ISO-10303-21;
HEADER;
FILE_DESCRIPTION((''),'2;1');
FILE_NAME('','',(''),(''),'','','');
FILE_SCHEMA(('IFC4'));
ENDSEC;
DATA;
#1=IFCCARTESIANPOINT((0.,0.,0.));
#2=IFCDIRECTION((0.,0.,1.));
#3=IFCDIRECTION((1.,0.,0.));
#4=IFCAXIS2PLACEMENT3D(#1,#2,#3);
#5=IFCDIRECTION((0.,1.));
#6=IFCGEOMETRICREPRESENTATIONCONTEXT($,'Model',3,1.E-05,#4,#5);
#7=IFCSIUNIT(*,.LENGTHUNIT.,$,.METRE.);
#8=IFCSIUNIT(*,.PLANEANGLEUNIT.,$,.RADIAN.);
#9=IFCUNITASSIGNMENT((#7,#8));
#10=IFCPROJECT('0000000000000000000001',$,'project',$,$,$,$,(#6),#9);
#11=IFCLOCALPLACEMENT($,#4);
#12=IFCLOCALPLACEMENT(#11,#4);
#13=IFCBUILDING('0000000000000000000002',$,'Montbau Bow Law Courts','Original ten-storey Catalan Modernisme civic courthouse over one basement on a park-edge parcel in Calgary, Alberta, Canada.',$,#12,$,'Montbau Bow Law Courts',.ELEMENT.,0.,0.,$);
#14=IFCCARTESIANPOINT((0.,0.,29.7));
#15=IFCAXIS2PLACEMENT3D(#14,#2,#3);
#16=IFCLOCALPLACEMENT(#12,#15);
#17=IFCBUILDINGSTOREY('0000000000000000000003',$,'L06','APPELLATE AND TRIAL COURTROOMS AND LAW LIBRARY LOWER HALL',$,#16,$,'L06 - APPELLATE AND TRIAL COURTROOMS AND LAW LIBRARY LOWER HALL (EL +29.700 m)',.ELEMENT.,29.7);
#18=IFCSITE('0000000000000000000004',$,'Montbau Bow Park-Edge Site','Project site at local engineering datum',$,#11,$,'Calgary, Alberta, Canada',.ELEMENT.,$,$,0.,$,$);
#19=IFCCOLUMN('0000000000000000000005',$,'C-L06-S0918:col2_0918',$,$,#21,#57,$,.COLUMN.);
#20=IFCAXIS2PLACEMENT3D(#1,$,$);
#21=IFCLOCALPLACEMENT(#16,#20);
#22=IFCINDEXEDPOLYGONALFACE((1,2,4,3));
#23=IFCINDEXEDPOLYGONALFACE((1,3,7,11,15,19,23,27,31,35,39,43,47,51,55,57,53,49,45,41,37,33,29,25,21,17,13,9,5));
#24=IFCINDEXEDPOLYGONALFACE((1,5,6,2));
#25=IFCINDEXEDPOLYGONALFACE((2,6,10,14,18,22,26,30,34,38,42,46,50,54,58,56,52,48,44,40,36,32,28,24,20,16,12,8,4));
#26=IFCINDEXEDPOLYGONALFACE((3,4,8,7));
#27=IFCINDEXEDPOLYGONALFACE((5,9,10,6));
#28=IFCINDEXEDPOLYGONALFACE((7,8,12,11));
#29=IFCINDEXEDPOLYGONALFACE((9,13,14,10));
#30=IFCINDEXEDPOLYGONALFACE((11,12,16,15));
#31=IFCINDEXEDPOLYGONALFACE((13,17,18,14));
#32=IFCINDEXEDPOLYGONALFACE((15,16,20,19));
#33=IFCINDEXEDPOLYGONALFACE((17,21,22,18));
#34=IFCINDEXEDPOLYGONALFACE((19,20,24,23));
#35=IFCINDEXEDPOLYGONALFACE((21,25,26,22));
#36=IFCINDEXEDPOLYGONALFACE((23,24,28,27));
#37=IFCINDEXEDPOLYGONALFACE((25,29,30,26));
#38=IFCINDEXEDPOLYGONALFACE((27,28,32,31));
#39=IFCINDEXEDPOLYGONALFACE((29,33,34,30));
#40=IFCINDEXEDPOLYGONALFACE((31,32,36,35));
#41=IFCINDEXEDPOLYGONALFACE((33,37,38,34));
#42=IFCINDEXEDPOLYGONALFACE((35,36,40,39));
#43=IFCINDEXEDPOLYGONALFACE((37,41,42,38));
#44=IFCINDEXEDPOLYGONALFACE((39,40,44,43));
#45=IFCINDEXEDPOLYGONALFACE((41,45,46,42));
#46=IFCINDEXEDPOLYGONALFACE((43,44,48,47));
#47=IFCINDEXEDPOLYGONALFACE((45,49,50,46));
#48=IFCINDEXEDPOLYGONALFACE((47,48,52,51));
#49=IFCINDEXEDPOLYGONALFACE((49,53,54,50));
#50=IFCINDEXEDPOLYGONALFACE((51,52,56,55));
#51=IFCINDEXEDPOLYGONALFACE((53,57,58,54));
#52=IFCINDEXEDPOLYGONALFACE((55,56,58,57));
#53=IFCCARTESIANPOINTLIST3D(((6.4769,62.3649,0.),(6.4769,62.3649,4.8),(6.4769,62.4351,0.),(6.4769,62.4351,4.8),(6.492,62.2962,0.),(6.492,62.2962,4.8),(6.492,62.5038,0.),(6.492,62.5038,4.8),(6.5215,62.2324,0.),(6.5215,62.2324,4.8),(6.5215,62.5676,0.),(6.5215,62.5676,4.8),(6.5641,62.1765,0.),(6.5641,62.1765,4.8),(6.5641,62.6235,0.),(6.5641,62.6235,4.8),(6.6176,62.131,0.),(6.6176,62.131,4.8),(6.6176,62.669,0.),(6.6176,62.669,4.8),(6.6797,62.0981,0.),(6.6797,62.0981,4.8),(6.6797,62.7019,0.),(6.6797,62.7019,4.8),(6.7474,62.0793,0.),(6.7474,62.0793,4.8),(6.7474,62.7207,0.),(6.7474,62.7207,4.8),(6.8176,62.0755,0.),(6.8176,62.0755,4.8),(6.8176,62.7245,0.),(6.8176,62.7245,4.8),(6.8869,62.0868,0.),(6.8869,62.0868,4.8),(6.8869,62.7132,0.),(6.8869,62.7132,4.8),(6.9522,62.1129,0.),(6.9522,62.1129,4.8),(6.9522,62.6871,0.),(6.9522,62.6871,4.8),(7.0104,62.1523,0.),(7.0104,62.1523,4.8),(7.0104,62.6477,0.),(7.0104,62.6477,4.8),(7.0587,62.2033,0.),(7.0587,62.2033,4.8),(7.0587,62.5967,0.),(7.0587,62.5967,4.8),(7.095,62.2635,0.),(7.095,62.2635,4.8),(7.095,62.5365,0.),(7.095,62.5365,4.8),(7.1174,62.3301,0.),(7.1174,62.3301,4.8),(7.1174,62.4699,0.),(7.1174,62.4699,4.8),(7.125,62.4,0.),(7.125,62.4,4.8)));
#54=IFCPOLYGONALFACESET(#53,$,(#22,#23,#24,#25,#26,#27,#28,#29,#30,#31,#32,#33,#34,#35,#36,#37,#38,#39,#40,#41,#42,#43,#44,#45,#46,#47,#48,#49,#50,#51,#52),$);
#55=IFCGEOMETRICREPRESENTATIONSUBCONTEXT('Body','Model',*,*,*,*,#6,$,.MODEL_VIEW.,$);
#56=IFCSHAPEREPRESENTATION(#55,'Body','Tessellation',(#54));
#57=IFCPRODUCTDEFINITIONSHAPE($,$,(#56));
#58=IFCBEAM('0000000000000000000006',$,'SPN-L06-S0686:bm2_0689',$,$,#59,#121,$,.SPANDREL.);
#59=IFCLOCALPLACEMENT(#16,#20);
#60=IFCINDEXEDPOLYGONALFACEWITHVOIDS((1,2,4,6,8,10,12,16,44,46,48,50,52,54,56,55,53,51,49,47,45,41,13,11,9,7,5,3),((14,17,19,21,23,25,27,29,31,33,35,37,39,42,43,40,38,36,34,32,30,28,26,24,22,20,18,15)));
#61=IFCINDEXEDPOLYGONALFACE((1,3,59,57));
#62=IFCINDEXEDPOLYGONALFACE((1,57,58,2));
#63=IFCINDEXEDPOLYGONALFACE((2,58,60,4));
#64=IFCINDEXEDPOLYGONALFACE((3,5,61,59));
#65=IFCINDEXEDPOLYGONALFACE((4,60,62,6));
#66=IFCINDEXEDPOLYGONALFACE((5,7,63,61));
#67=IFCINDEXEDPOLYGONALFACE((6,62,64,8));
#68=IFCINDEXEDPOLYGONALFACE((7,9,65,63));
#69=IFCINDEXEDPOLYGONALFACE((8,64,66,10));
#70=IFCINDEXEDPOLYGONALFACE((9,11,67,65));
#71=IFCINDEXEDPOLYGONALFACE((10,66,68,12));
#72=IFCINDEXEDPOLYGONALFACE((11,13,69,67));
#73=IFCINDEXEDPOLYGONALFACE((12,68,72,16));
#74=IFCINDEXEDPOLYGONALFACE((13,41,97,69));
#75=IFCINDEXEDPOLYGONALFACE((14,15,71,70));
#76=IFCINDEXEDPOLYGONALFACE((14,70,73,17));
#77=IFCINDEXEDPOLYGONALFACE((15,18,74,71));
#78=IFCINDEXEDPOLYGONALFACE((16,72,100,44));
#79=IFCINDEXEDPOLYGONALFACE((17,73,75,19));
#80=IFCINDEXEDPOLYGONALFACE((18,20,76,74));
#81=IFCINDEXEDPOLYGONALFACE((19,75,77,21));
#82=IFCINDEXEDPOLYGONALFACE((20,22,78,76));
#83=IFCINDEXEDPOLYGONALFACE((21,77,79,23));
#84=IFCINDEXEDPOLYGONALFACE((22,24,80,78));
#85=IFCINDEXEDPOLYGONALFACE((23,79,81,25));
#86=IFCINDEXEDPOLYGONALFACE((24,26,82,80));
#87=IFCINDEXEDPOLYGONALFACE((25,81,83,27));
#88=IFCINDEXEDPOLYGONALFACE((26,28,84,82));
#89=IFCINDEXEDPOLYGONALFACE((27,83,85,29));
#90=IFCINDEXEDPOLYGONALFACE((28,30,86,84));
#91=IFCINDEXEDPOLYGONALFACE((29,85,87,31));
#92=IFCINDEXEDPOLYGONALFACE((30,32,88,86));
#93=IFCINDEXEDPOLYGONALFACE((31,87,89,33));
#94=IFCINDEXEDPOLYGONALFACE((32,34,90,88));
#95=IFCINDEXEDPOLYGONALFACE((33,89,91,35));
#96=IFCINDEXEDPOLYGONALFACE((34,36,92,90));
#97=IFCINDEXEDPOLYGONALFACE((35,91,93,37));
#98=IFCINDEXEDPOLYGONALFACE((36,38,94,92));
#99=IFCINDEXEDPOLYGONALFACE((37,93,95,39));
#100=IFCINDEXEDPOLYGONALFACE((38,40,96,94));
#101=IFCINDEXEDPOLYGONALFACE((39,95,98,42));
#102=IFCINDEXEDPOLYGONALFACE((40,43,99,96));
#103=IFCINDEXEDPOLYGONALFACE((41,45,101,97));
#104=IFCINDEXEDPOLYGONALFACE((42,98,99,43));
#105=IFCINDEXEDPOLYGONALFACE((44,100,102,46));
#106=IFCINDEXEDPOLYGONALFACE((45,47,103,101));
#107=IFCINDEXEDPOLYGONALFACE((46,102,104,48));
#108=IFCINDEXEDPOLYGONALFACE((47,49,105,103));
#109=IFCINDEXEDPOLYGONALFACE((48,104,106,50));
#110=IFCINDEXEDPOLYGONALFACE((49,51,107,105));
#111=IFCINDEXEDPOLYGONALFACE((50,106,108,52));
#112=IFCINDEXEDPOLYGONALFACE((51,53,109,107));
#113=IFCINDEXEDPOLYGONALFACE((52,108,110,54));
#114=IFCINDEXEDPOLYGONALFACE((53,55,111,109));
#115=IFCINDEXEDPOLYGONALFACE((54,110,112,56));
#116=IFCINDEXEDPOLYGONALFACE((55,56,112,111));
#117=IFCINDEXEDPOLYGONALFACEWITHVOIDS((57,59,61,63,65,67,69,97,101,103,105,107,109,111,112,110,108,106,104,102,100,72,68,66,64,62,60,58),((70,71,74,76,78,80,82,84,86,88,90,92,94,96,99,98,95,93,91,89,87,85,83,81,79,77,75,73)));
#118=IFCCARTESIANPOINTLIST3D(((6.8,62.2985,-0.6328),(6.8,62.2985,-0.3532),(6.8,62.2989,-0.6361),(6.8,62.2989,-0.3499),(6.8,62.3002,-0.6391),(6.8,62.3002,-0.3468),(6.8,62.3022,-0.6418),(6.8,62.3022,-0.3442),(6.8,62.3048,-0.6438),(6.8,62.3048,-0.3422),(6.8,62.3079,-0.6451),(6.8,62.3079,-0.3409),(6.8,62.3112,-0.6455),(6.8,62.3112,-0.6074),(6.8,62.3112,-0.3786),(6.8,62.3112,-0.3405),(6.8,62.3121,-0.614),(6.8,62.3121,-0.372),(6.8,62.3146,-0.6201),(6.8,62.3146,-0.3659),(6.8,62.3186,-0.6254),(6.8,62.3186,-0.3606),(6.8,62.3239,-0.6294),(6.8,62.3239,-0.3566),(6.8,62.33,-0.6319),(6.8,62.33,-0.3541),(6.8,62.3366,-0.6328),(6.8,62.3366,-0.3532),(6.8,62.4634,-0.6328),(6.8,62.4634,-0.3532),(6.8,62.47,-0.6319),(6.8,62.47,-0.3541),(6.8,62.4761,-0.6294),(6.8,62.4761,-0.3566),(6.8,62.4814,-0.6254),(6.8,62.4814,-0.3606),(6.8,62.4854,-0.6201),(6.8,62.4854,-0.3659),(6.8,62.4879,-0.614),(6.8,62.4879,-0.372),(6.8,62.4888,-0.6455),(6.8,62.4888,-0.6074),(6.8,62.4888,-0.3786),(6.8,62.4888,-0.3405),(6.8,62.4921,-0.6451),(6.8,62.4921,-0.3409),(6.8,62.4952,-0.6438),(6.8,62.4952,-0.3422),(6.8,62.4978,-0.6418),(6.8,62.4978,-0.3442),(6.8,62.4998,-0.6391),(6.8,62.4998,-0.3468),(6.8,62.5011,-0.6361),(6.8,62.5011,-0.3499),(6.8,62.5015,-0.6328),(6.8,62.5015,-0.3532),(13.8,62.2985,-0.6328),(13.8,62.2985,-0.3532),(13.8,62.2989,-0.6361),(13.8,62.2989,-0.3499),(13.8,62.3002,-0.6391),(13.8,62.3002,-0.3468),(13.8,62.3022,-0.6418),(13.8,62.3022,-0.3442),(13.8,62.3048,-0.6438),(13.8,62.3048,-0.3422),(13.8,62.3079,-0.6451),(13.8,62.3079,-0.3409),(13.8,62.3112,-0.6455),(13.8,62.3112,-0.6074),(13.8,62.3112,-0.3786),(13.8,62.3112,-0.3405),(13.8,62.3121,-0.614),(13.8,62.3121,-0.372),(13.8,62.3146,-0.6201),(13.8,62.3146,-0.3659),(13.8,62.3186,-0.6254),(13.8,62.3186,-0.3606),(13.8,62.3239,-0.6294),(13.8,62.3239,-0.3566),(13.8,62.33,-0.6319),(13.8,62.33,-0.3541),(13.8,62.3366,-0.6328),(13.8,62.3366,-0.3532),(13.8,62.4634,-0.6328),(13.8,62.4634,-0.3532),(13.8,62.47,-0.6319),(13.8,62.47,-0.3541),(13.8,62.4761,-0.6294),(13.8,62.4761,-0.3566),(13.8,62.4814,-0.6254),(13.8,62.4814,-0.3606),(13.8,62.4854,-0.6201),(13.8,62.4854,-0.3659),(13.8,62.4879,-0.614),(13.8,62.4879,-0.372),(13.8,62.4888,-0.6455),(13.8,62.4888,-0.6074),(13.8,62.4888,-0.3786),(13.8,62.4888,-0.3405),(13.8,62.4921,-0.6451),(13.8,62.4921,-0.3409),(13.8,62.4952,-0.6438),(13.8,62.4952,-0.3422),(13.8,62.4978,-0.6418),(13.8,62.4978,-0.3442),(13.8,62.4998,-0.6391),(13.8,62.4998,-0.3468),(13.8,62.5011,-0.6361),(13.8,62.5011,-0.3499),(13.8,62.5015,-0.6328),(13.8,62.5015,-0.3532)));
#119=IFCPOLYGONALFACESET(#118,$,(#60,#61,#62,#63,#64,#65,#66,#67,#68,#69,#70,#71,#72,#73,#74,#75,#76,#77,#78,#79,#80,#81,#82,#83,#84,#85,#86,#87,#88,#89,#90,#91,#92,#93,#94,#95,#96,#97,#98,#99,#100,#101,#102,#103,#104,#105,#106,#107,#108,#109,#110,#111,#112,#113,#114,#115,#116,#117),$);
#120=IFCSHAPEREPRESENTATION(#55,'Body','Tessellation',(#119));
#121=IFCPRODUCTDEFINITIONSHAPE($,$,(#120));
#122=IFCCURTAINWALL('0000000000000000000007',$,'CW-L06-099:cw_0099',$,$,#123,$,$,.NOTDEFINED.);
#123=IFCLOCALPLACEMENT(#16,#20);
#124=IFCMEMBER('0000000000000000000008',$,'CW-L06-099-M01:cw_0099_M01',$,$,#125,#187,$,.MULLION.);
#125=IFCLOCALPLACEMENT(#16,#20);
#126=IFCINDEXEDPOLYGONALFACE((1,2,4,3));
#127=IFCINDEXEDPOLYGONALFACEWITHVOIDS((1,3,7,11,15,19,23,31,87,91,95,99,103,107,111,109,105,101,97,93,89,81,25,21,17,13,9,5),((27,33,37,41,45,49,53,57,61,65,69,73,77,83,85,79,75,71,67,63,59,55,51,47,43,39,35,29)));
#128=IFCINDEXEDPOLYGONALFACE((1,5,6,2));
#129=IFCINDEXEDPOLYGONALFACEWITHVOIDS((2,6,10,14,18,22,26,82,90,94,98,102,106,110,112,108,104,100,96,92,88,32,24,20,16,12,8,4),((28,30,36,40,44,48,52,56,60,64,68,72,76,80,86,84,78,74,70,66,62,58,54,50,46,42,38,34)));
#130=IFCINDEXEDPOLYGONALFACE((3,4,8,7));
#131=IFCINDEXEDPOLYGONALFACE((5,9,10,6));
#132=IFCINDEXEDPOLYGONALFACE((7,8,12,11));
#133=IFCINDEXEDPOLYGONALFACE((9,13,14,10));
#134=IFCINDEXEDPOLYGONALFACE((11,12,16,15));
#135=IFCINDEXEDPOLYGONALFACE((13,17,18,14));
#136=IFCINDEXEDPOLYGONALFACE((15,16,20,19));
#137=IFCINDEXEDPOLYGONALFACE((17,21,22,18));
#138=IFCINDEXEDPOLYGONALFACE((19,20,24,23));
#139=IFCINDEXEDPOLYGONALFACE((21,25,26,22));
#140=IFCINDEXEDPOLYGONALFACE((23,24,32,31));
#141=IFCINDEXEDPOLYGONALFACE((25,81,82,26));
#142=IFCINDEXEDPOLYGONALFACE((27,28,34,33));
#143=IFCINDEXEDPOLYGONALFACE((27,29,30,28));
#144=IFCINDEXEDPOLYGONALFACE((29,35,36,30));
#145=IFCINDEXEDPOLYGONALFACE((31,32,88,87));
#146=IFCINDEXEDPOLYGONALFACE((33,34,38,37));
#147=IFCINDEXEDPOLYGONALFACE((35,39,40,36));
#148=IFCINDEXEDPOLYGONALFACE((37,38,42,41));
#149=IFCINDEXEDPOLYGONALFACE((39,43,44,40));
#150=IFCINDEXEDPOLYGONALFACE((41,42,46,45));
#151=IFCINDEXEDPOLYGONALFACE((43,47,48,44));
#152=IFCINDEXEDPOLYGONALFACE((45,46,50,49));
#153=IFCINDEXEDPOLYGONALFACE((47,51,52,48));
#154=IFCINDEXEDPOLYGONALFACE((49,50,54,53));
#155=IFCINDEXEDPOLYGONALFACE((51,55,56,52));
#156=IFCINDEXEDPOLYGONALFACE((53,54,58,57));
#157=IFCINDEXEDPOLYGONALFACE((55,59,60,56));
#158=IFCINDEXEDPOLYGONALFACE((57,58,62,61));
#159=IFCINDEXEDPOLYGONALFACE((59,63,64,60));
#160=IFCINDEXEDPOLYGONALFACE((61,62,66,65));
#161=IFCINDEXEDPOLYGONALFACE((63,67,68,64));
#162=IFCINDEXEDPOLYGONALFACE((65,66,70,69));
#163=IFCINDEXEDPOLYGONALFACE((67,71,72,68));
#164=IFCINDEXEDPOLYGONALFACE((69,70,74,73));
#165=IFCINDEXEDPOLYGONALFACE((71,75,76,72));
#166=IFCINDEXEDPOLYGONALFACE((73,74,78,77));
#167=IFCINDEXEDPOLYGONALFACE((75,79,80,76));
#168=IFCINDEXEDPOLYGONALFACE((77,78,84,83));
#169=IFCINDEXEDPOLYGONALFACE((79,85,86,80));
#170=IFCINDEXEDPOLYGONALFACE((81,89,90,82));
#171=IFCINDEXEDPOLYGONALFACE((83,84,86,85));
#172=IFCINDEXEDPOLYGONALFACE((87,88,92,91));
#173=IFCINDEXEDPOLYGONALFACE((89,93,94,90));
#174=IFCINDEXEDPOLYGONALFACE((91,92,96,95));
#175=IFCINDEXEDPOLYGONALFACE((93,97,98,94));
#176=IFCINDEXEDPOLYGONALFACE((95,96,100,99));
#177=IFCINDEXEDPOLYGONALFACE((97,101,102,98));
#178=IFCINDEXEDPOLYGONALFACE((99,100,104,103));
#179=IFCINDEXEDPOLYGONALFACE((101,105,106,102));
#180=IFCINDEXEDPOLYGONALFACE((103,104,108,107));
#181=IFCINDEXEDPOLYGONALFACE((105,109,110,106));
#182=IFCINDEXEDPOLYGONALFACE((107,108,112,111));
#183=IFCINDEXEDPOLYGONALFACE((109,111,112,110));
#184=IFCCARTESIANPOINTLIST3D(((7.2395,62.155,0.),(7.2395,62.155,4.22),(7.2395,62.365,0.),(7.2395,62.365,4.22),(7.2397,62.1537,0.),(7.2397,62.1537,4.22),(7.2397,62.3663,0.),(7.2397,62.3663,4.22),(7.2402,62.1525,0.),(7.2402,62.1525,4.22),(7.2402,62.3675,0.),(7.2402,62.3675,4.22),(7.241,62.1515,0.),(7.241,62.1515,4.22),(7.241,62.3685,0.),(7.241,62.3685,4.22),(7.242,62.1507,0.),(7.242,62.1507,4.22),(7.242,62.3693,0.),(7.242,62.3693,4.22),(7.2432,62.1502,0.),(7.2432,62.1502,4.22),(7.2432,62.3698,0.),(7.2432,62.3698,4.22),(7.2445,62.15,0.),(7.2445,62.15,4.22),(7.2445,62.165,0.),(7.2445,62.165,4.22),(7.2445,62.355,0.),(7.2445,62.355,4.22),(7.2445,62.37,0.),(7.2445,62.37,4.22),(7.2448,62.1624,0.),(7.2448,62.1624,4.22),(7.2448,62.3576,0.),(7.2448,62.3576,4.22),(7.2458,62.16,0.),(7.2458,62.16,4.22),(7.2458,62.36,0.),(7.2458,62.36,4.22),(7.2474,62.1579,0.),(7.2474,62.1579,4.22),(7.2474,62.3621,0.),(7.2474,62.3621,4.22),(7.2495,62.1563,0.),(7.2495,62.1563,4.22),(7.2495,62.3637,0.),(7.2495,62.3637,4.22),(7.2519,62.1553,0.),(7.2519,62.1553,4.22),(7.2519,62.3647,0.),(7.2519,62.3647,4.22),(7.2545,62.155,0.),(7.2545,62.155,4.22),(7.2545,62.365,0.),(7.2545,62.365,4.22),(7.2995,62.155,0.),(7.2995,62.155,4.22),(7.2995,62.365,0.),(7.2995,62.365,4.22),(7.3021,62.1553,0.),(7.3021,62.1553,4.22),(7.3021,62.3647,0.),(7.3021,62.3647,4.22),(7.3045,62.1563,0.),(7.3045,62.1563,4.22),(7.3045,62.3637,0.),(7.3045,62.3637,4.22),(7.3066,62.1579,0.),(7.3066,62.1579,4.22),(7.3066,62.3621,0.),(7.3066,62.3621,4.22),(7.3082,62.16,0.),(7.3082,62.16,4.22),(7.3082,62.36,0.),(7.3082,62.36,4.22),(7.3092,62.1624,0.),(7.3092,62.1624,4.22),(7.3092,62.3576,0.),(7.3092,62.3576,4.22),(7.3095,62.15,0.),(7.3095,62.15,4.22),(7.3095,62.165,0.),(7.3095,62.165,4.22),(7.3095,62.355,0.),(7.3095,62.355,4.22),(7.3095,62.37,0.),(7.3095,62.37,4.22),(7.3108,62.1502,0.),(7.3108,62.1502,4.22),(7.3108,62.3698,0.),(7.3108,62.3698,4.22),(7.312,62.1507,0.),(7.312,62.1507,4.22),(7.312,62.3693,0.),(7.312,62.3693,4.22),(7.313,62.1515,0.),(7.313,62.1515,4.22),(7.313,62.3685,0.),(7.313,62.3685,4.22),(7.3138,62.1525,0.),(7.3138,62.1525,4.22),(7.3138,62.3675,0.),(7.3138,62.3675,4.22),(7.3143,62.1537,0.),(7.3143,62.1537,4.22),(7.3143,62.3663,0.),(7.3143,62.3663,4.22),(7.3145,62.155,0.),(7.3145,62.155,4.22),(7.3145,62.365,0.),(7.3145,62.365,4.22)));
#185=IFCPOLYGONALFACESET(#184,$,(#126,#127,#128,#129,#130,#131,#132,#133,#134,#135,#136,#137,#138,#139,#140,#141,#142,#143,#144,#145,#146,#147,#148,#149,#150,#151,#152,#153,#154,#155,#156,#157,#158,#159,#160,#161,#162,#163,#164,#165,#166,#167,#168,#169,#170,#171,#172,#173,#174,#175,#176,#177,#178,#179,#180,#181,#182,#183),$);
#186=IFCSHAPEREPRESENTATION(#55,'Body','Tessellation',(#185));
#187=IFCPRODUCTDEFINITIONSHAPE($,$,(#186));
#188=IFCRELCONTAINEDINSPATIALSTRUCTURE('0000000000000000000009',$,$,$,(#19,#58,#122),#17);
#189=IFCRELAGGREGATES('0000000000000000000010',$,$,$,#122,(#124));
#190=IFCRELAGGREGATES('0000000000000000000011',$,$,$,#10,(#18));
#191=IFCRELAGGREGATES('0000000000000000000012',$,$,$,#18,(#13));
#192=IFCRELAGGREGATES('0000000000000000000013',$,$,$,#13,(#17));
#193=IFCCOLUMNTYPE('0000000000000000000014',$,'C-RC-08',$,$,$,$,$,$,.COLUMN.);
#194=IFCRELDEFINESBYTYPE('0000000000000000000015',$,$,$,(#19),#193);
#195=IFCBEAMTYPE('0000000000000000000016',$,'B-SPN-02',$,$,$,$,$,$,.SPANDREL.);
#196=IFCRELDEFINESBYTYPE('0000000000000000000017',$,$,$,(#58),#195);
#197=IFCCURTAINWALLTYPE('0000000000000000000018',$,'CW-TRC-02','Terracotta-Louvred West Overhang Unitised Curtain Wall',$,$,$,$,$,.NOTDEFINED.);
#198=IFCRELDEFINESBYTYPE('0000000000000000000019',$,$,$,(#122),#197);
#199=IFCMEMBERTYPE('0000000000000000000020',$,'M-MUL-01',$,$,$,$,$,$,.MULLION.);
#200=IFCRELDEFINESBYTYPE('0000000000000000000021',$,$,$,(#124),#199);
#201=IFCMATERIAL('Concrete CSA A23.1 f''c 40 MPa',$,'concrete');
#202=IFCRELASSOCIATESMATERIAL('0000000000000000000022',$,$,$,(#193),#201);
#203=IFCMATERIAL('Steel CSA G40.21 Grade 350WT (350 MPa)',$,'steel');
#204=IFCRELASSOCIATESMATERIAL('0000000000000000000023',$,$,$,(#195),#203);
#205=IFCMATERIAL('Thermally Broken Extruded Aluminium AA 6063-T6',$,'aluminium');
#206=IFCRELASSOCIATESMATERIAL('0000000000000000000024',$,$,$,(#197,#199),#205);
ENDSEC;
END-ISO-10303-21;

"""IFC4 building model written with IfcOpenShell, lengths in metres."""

from ifc_helpers import new_model, si_unit, direction, frame, origin_with_axes, origin_2d_with_axis, place, context, subcontext, project, spatial, hollow_rectangle, circle, extrude, material, material_profile, profile_set, type_object, element, aggregate, save


model = new_model("IFC4")

# Units and contexts
model_context = context("Model", 3, precision=1e-05, world=origin_with_axes(), true_north=direction((0.0, 1.0)))
body_context = subcontext(model_context, "Body", "Model", "MODEL_VIEW")
ifc_project = project(units=[si_unit("LENGTHUNIT", "METRE"), si_unit("PLANEANGLEUNIT", "RADIAN")], contexts=[model_context])

# Site, building, storey
site_placement = place(None, origin_with_axes())
site = spatial("IfcSite", under=ifc_project, at=site_placement, Name="Montbau Bow Park-Edge Site", Description="Project site at local engineering datum", LongName="Calgary, Alberta, Canada", CompositionType="ELEMENT", RefElevation=0.0)
building_placement = place(site_placement, origin_with_axes())
building = spatial("IfcBuilding", under=site, at=building_placement, Name="Montbau Bow Law Courts", Description="Original ten-storey Catalan Modernisme civic courthouse over one basement on a park-edge parcel in Calgary, Alberta, Canada.", LongName="Montbau Bow Law Courts", CompositionType="ELEMENT", ElevationOfRefHeight=0.0, ElevationOfTerrain=0.0)
storey_placement = place(building_placement, frame((0.0, 0.0, 29.7), z_axis=(0.0, 0.0, 1.0), x_axis=(1.0, 0.0, 0.0)))
storey = spatial("IfcBuildingStorey", under=building, at=storey_placement, Name="L06", Description="APPELLATE AND TRIAL COURTROOMS AND LAW LIBRARY LOWER HALL", LongName="L06 - APPELLATE AND TRIAL COURTROOMS AND LAW LIBRARY LOWER HALL (EL +29.700 m)", CompositionType="ELEMENT", Elevation=29.7)

# Column
ifc_material_1 = material(Name="Concrete CSA A23.1 f'c 40 MPa", Category="concrete")
ifc_material_profile_1 = material_profile(ifc_material_1, circle(Radius=0.325, at=origin_2d_with_axis()), Name="RC650D", Category="Main", Priority=0)
ifc_profile_set_1 = profile_set([ifc_material_profile_1], Name="Concrete CSA A23.1 f'c 40 MPa")
column_type = type_object("IfcColumnType", Name="C-RC-08", PredefinedType="COLUMN", material=ifc_profile_set_1)
column_placement = place(None, frame((6.8, 62.4, 29.7), z_axis=(0.0, 0.0, 1.0), x_axis=(1.0, 0.0, 0.0)))
element("IfcColumn", 1, at=column_placement, inside=storey, type_object=column_type, Name="C-L06-S0918:col2_0918", PredefinedType="COLUMN", context=body_context, shape_type="SweptSolid", body=[
    extrude(circle(Radius=0.325, at=origin_2d_with_axis()), origin_with_axes(), (0.0, 0.0, 1.0), 4.8),
])

# Beam
ifc_material_2 = material(Name="Steel CSA G40.21 Grade 350WT (350 MPa)", Category="steel")
ifc_material_profile_2 = material_profile(ifc_material_2, hollow_rectangle(XDim=0.203, YDim=0.305, WallThickness=0.0127, InnerFilletRadius=0.0254, OuterFilletRadius=0.0127, at=origin_2d_with_axis()), Name="HSS305X203X13", Category="Main", Priority=0)
ifc_profile_set_2 = profile_set([ifc_material_profile_2], Name="Steel CSA G40.21 Grade 350WT (350 MPa)")
beam_type = type_object("IfcBeamType", Name="B-SPN-02", PredefinedType="SPANDREL", material=ifc_profile_set_2)
beam_placement = place(None, frame((6.8, 62.4, 29.207), z_axis=(1.0, 0.0, 0.0), x_axis=(0.0, 1.0, 0.0)))
element("IfcBeam", 2, at=beam_placement, inside=storey, type_object=beam_type, Name="SPN-L06-S0686:bm2_0689", PredefinedType="SPANDREL", context=body_context, shape_type="SweptSolid", body=[
    extrude(hollow_rectangle(XDim=0.203, YDim=0.305, WallThickness=0.0127, InnerFilletRadius=0.0254, OuterFilletRadius=0.0127, at=origin_2d_with_axis()), origin_with_axes(), (0.0, 0.0, 1.0), 7.0),
])

# Curtain wall, member
ifc_material_3 = material(Name="Thermally Broken Extruded Aluminium AA 6063-T6", Category="aluminium")
curtain_wall_type = type_object("IfcCurtainWallType", Name="CW-TRC-02", Description="Terracotta-Louvred West Overhang Unitised Curtain Wall", PredefinedType="NOTDEFINED", material=ifc_material_3)
curtain_wall_1_placement = place(None, frame((7.24, 62.26, 29.7), z_axis=(0.0, 0.0, 1.0), x_axis=(1.0, 0.0, 0.0)))
curtain_wall_1 = element("IfcCurtainWall", 3, at=curtain_wall_1_placement, inside=storey, type_object=curtain_wall_type, Name="CW-L06-099:cw_0099", PredefinedType="NOTDEFINED")
ifc_material_profile_3 = material_profile(ifc_material_3, hollow_rectangle(XDim=0.075, YDim=0.22, WallThickness=0.005, InnerFilletRadius=0.01, OuterFilletRadius=0.005, at=origin_2d_with_axis()), Name="CWM-220X75", Category="Main", Priority=0)
ifc_profile_set_3 = profile_set([ifc_material_profile_3], Name="Thermally Broken Extruded Aluminium AA 6063-T6")
member_type_1 = type_object("IfcMemberType", Name="M-MUL-01", PredefinedType="MULLION", material=ifc_profile_set_3)
member_1_placement = place(None, frame((7.277, 62.26, 29.7), z_axis=(0.0, 0.0, 1.0), x_axis=(1.0, 0.0, 0.0)))
member_1 = element("IfcMember", 4, at=member_1_placement, type_object=member_type_1, Name="CW-L06-099-M01:cw_0099_M01", PredefinedType="MULLION", context=body_context, shape_type="SweptSolid", body=[
    extrude(hollow_rectangle(XDim=0.075, YDim=0.22, WallThickness=0.005, InnerFilletRadius=0.01, OuterFilletRadius=0.005, at=origin_2d_with_axis()), origin_with_axes(), (0.0, 0.0, 1.0), 4.22),
])

aggregate(curtain_wall_1, [member_1])

save(model, "model.ifc")
